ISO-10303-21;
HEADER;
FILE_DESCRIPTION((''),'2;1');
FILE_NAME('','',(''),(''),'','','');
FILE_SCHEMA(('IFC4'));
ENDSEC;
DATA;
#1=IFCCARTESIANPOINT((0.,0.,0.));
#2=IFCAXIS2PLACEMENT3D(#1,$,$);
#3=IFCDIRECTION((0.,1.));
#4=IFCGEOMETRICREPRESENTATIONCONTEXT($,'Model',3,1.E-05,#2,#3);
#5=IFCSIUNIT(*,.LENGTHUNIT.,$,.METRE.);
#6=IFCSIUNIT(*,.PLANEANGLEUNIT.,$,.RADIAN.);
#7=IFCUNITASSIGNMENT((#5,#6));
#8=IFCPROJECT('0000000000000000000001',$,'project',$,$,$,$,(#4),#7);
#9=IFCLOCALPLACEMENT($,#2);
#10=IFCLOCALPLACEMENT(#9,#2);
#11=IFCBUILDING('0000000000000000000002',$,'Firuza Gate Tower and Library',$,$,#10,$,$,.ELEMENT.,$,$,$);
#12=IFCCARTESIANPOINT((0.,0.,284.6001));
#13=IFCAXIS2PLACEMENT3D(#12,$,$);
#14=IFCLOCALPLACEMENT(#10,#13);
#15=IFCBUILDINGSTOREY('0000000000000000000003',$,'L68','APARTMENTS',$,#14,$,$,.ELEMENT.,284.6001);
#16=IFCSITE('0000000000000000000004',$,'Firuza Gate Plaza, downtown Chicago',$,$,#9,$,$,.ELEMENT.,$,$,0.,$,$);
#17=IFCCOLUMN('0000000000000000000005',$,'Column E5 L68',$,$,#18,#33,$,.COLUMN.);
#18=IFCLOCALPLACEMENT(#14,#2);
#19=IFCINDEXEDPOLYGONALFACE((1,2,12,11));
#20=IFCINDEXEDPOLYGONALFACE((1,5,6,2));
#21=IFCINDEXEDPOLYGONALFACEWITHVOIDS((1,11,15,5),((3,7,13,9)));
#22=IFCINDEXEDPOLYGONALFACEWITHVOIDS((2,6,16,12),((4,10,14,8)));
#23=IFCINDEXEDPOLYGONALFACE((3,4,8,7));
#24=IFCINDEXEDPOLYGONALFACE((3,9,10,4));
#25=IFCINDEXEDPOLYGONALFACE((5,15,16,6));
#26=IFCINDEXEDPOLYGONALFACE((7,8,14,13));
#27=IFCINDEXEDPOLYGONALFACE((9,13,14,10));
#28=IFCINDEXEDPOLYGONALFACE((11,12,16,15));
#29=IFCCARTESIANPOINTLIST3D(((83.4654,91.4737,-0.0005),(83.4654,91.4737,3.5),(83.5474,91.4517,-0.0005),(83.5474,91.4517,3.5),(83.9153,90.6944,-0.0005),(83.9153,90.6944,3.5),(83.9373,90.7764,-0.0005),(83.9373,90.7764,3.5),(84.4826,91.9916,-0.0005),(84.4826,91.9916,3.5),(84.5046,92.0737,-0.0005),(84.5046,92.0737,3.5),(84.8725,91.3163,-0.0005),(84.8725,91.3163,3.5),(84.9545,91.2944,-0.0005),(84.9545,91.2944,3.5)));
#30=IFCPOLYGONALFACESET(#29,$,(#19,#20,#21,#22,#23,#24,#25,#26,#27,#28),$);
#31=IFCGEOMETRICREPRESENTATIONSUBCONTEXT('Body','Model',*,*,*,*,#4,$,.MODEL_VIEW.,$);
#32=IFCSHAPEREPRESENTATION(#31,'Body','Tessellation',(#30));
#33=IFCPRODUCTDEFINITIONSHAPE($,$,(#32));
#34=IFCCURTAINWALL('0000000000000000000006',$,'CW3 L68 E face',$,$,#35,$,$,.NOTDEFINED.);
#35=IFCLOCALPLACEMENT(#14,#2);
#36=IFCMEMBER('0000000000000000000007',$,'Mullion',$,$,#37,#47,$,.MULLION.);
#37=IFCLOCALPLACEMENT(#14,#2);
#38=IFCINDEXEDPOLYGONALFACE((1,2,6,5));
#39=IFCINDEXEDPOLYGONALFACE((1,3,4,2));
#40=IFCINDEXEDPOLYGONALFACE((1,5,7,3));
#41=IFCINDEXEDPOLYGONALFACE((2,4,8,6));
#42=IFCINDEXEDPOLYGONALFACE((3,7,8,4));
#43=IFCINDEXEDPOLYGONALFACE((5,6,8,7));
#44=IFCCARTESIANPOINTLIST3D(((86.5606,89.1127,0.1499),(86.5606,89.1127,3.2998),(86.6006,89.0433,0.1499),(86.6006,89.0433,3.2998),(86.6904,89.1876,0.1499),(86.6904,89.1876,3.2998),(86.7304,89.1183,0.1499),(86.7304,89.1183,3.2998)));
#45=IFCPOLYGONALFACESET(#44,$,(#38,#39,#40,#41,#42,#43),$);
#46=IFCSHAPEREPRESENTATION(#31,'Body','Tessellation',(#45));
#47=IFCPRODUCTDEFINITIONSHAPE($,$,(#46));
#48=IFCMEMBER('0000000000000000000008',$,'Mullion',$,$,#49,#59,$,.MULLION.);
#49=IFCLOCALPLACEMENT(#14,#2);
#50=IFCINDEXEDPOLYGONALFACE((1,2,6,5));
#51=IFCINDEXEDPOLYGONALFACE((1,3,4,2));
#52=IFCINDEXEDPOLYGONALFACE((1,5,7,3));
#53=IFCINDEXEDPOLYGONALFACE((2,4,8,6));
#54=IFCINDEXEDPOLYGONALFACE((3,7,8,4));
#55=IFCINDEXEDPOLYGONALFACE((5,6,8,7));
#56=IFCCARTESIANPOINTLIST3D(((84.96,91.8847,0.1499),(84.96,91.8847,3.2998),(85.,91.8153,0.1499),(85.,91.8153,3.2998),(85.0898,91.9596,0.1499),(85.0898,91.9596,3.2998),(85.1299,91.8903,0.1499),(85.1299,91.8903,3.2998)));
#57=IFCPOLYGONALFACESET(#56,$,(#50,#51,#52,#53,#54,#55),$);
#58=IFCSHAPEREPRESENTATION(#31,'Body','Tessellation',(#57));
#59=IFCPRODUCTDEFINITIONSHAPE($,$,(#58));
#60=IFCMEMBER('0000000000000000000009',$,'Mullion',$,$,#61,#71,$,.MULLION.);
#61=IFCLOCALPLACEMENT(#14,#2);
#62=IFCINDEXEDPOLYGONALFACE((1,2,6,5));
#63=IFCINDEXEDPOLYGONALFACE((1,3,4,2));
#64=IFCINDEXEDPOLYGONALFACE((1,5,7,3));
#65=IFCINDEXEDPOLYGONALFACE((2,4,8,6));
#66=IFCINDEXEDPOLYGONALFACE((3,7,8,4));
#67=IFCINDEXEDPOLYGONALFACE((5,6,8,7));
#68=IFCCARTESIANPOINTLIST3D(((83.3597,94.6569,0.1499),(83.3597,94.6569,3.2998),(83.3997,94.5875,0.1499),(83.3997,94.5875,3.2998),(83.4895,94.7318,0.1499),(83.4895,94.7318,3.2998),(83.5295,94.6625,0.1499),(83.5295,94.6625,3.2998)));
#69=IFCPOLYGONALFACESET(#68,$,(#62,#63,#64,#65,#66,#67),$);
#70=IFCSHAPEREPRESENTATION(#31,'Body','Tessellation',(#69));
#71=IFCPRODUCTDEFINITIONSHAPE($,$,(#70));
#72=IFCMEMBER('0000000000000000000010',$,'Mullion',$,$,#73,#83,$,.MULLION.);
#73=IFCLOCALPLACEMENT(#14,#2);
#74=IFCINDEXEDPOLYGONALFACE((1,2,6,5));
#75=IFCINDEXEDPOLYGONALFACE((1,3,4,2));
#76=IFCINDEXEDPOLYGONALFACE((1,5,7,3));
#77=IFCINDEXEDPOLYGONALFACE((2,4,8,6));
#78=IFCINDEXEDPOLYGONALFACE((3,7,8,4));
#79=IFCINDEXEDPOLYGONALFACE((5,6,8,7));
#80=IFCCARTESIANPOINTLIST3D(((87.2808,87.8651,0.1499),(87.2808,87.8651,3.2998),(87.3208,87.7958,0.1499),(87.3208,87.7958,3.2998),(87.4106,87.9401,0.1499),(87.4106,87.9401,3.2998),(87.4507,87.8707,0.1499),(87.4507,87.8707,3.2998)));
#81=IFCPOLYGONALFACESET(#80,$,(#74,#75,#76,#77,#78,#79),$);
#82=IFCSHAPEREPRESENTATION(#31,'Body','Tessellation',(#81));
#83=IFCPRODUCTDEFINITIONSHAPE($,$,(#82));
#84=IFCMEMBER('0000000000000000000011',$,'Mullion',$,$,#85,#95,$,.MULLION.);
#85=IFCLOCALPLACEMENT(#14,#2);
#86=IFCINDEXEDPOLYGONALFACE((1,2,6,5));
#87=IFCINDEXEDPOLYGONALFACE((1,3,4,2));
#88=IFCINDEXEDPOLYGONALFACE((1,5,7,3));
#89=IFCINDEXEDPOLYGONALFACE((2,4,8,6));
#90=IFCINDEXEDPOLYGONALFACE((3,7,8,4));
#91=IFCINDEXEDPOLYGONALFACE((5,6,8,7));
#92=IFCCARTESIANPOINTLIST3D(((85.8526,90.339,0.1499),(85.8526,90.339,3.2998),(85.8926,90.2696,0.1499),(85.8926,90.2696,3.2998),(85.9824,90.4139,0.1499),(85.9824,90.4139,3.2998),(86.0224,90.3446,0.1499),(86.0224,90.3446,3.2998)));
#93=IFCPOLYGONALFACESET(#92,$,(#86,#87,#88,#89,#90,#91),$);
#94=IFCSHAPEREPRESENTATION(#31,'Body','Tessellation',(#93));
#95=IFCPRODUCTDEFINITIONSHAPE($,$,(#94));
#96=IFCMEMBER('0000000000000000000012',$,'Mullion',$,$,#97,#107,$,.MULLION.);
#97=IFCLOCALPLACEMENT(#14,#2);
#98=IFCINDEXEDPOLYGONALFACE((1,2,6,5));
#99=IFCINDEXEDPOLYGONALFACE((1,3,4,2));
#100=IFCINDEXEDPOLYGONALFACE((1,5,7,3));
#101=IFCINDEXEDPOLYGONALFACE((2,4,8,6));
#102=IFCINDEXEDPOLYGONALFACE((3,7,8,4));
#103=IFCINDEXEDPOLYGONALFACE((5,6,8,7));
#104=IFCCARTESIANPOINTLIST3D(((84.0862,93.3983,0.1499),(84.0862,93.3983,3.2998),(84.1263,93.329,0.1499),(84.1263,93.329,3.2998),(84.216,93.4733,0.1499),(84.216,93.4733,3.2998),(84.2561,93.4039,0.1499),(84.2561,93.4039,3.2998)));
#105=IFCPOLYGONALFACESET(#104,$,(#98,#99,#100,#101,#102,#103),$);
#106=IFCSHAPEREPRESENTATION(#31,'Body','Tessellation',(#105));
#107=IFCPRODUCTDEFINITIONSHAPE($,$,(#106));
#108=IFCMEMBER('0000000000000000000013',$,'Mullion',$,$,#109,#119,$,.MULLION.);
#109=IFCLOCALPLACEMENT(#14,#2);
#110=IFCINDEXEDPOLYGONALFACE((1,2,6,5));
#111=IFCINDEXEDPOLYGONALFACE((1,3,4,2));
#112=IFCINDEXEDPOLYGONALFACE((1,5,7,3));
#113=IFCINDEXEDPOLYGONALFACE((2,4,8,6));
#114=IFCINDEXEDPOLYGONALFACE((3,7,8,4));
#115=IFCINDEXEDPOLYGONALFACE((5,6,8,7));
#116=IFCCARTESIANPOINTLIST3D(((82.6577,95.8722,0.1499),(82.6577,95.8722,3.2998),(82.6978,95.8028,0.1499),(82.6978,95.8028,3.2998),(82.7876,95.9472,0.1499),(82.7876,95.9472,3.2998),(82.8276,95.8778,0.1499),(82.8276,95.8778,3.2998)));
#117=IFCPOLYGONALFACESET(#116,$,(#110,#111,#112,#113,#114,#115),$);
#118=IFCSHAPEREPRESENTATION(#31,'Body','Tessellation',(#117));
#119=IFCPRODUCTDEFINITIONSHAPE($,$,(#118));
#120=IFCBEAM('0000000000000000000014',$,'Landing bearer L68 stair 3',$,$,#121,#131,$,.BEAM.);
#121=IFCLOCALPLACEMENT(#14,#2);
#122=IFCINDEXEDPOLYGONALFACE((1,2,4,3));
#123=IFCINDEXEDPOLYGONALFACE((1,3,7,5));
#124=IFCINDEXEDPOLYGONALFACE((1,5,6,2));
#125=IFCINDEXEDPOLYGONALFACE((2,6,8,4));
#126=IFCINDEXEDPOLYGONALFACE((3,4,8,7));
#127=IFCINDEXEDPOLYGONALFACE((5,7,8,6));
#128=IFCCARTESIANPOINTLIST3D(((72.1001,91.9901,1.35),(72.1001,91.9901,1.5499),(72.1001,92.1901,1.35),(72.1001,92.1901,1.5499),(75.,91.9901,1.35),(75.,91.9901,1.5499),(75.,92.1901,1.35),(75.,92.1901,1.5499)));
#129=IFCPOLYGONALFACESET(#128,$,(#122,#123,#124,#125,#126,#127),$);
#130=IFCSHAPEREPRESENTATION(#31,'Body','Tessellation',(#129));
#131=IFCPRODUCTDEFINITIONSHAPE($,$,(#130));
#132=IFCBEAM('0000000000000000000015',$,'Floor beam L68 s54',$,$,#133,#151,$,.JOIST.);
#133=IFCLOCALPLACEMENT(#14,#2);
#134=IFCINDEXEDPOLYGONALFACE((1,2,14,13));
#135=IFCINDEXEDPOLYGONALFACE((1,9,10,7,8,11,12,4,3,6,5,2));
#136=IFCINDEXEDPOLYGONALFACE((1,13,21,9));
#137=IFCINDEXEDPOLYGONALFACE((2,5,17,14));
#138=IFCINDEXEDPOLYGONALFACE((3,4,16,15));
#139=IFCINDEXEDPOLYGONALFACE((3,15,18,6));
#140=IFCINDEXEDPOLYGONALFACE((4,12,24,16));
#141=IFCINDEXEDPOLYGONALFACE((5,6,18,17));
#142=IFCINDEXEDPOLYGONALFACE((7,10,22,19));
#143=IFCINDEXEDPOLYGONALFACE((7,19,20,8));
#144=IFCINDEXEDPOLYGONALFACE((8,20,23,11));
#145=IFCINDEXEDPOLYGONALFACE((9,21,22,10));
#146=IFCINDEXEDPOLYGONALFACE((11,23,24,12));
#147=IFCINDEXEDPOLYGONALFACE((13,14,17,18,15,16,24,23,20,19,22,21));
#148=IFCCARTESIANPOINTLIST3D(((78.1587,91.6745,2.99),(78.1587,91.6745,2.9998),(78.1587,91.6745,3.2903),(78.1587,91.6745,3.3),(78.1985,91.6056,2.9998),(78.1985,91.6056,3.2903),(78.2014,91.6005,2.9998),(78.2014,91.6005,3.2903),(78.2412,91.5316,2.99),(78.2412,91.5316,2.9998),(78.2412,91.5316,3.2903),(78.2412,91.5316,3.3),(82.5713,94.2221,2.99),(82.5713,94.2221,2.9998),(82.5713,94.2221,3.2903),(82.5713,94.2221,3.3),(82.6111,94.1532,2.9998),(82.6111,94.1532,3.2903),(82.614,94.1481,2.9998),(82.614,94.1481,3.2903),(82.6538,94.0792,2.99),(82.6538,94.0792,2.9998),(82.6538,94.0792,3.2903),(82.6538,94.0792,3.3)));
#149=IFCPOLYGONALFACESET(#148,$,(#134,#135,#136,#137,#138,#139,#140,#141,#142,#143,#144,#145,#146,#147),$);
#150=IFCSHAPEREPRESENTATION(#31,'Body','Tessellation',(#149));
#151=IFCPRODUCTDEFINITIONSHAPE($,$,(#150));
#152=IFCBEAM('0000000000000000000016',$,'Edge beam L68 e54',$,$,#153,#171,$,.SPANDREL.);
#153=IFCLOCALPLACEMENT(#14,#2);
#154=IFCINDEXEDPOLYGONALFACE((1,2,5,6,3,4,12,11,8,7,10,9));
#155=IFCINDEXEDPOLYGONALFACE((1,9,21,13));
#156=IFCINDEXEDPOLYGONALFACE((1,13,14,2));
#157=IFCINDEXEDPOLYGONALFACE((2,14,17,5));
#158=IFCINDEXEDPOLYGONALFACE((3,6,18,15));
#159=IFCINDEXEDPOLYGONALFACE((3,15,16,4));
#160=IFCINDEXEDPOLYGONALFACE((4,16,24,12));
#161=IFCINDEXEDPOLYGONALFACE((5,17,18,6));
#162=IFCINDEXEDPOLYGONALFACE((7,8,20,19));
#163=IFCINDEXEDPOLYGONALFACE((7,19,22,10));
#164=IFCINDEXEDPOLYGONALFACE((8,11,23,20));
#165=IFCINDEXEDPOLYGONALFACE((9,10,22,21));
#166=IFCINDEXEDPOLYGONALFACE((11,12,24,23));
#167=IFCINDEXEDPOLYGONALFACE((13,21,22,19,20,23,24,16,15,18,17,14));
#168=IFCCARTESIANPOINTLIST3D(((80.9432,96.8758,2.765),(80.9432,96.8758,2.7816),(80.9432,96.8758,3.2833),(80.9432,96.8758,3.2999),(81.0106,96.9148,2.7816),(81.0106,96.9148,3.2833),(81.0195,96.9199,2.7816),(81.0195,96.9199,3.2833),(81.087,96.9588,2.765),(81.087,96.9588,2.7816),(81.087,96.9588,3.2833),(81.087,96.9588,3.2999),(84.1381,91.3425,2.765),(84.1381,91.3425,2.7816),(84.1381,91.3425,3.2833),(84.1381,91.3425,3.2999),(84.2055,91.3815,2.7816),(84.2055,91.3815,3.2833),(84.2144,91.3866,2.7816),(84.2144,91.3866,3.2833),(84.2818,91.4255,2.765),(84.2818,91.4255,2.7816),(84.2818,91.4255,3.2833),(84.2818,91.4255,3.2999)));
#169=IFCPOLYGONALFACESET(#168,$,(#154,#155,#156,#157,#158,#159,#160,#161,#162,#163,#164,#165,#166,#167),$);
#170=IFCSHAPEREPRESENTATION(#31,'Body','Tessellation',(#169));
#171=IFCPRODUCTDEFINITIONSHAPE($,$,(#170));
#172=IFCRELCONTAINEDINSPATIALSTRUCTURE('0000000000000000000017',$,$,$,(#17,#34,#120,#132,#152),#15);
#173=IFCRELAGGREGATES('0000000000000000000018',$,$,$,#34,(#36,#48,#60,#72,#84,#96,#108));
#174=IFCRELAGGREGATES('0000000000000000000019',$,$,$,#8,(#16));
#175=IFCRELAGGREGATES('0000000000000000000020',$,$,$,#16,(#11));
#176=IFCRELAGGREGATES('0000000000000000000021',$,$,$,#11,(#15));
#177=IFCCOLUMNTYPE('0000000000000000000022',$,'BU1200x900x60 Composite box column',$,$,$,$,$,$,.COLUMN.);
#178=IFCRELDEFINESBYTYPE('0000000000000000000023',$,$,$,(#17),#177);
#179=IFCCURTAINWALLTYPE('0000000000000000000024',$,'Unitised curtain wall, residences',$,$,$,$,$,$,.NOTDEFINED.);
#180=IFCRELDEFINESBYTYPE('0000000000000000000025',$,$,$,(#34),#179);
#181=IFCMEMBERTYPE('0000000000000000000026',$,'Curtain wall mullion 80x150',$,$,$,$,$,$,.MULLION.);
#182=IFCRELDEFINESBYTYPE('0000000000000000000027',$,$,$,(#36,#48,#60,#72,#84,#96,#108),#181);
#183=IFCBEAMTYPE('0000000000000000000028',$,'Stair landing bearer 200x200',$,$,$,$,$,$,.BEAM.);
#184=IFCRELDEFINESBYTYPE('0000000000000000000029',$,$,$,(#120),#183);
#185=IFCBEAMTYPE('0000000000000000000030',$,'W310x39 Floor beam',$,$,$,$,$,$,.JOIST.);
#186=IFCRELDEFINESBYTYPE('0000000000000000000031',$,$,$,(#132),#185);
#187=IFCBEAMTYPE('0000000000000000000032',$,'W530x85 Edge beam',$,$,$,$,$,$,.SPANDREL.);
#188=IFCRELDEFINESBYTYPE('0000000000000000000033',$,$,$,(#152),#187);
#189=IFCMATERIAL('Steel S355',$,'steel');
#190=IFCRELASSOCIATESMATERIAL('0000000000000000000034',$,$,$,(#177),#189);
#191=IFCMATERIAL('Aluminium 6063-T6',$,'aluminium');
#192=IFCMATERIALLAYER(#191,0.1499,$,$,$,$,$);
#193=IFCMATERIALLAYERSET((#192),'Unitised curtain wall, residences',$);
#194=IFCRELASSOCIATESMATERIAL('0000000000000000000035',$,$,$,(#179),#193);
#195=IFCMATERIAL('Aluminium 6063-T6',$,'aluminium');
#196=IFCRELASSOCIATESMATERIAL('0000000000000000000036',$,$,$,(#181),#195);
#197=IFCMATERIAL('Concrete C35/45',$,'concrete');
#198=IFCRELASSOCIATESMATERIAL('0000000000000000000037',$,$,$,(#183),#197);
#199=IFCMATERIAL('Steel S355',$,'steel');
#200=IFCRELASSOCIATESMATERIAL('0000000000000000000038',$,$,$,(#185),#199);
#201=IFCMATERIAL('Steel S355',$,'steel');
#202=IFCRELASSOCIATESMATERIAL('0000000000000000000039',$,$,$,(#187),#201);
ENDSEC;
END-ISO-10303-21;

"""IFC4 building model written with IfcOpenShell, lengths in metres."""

from ifc_helpers import new_model, si_unit, direction, frame, origin, origin_2d, place, context, subcontext, project, spatial, rectangle, hollow_rectangle, i_section, extrude, material, layer, layer_set, material_profile, profile_set, type_object, element, aggregate, save


model = new_model("IFC4")

# Units and contexts
model_context = context("Model", 3, precision=1e-05, world=origin(), true_north=direction((0.0, 1.0)))
body_context = subcontext(model_context, "Body", "Model", "MODEL_VIEW")
ifc_project = project(units=[si_unit("LENGTHUNIT", "METRE"), si_unit("PLANEANGLEUNIT", "RADIAN")], contexts=[model_context])

# Site, building, storey
site_placement = place(None, origin())
site = spatial("IfcSite", under=ifc_project, at=site_placement, Name="Firuza Gate Plaza, downtown Chicago", CompositionType="ELEMENT", RefElevation=0.0)
building_placement = place(site_placement, origin())
building = spatial("IfcBuilding", under=site, at=building_placement, Name="Firuza Gate Tower and Library", CompositionType="ELEMENT")
storey_placement = place(building_placement, frame((0.0, 0.0, 284.6001)))
storey = spatial("IfcBuildingStorey", under=building, at=storey_placement, Name="L68", Description="APARTMENTS", CompositionType="ELEMENT", Elevation=284.6001)

# Column
ifc_material_1 = material(Name="Steel S355", Category="steel")
ifc_material_profile_1 = material_profile(ifc_material_1, hollow_rectangle(XDim=0.8999, YDim=1.2, WallThickness=0.0601, at=origin_2d()))
ifc_profile_set_1 = profile_set([ifc_material_profile_1], Name="Steel S355")
column_type = type_object("IfcColumnType", Name="BU1200x900x60 Composite box column", PredefinedType="COLUMN", material=ifc_profile_set_1)
column_placement = place(storey_placement, frame((84.21, 91.384, -0.0005), z_axis=(0.0, 0.0, 1.0), x_axis=(-0.5, 0.866025, 0.0)))
element("IfcColumn", 1, at=column_placement, inside=storey, type_object=column_type, Name="Column E5 L68", PredefinedType="COLUMN", context=body_context, shape_type="SweptSolid", body=[
    extrude(hollow_rectangle(XDim=0.8999, YDim=1.2, WallThickness=0.0601, at=origin_2d()), origin(), (0.0, 0.0, 1.0), 3.5005),
])

# Curtain wall, members
ifc_material_2 = material(Name="Aluminium 6063-T6", Category="aluminium")
ifc_layer_1 = layer(ifc_material_2, 0.1499)
ifc_layer_set_1 = layer_set([ifc_layer_1], Name="Unitised curtain wall, residences")
curtain_wall_type = type_object("IfcCurtainWallType", Name="Unitised curtain wall, residences", PredefinedType="NOTDEFINED", material=ifc_layer_set_1)
curtain_wall_placement = place(storey_placement, origin())
curtain_wall = element("IfcCurtainWall", 2, at=curtain_wall_placement, inside=storey, type_object=curtain_wall_type, Name="CW3 L68 E face", PredefinedType="NOTDEFINED")
ifc_material_3 = material(Name="Aluminium 6063-T6", Category="aluminium")
ifc_material_profile_2 = material_profile(ifc_material_3, rectangle(XDim=0.1499, YDim=0.0801, at=origin_2d()))
ifc_profile_set_2 = profile_set([ifc_material_profile_2], Name="Aluminium 6063-T6")
member_type = type_object("IfcMemberType", Name="Curtain wall mullion 80x150", PredefinedType="MULLION", material=ifc_profile_set_2)
member_1_placement = place(storey_placement, frame((86.6455, 89.1155, 0.1499), z_axis=(0.0, 0.0, 1.0), x_axis=(-0.866025, -0.5, 0.0)))
member_1 = element("IfcMember", 3, at=member_1_placement, type_object=member_type, Name="Mullion", PredefinedType="MULLION", context=body_context, shape_type="SweptSolid", body=[
    extrude(rectangle(XDim=0.1499, YDim=0.0801, at=origin_2d()), origin(), (0.0, 0.0, 1.0), 3.1499),
])
member_2_placement = place(storey_placement, frame((85.0449, 91.8875, 0.1499), z_axis=(0.0, 0.0, 1.0), x_axis=(-0.866025, -0.5, 0.0)))
member_2 = element("IfcMember", 4, at=member_2_placement, type_object=member_type, Name="Mullion", PredefinedType="MULLION", context=body_context, shape_type="SweptSolid", body=[
    extrude(rectangle(XDim=0.1499, YDim=0.0801, at=origin_2d()), origin(), (0.0, 0.0, 1.0), 3.1499),
])
member_3_placement = place(storey_placement, frame((83.4446, 94.6597, 0.1499), z_axis=(0.0, 0.0, 1.0), x_axis=(-0.866025, -0.5, 0.0)))
member_3 = element("IfcMember", 5, at=member_3_placement, type_object=member_type, Name="Mullion", PredefinedType="MULLION", context=body_context, shape_type="SweptSolid", body=[
    extrude(rectangle(XDim=0.1499, YDim=0.0801, at=origin_2d()), origin(), (0.0, 0.0, 1.0), 3.1499),
])
member_4_placement = place(storey_placement, frame((87.3657, 87.8679, 0.1499), z_axis=(0.0, 0.0, 1.0), x_axis=(-0.866025, -0.5, 0.0)))
member_4 = element("IfcMember", 6, at=member_4_placement, type_object=member_type, Name="Mullion", PredefinedType="MULLION", context=body_context, shape_type="SweptSolid", body=[
    extrude(rectangle(XDim=0.1499, YDim=0.0801, at=origin_2d()), origin(), (0.0, 0.0, 1.0), 3.1499),
])
member_5_placement = place(storey_placement, frame((85.9375, 90.3418, 0.1499), z_axis=(0.0, 0.0, 1.0), x_axis=(-0.866025, -0.5, 0.0)))
member_5 = element("IfcMember", 7, at=member_5_placement, type_object=member_type, Name="Mullion", PredefinedType="MULLION", context=body_context, shape_type="SweptSolid", body=[
    extrude(rectangle(XDim=0.1499, YDim=0.0801, at=origin_2d()), origin(), (0.0, 0.0, 1.0), 3.1499),
])
member_6_placement = place(storey_placement, frame((84.1711, 93.4011, 0.1499), z_axis=(0.0, 0.0, 1.0), x_axis=(-0.866025, -0.5, 0.0)))
member_6 = element("IfcMember", 8, at=member_6_placement, type_object=member_type, Name="Mullion", PredefinedType="MULLION", context=body_context, shape_type="SweptSolid", body=[
    extrude(rectangle(XDim=0.1499, YDim=0.0801, at=origin_2d()), origin(), (0.0, 0.0, 1.0), 3.1499),
])
member_7_placement = place(storey_placement, frame((82.7427, 95.875, 0.1499), z_axis=(0.0, 0.0, 1.0), x_axis=(-0.866025, -0.5, 0.0)))
member_7 = element("IfcMember", 9, at=member_7_placement, type_object=member_type, Name="Mullion", PredefinedType="MULLION", context=body_context, shape_type="SweptSolid", body=[
    extrude(rectangle(XDim=0.1499, YDim=0.0801, at=origin_2d()), origin(), (0.0, 0.0, 1.0), 3.1499),
])

# Beams
ifc_material_4 = material(Name="Concrete C35/45", Category="concrete")
ifc_material_profile_3 = material_profile(ifc_material_4, rectangle(XDim=0.2, YDim=0.2, at=origin_2d()))
ifc_profile_set_3 = profile_set([ifc_material_profile_3], Name="Concrete C35/45")
beam_type_1 = type_object("IfcBeamType", Name="Stair landing bearer 200x200", PredefinedType="BEAM", material=ifc_profile_set_3)
beam_1_placement = place(storey_placement, frame((75.0, 92.0901, 1.45), z_axis=(-1.0, 0.0, 0.0), x_axis=(0.0, -1.0, 0.0)))
element("IfcBeam", 10, at=beam_1_placement, inside=storey, type_object=beam_type_1, Name="Landing bearer L68 stair 3", PredefinedType="BEAM", context=body_context, shape_type="SweptSolid", body=[
    extrude(rectangle(XDim=0.2, YDim=0.2, at=origin_2d()), origin(), (0.0, 0.0, 1.0), 2.8999),
])
ifc_material_5 = material(Name="Steel S355", Category="steel")
ifc_material_profile_4 = material_profile(ifc_material_5, i_section(OverallWidth=0.165, OverallDepth=0.3101, WebThickness=0.0059, FlangeThickness=0.0098, at=origin_2d()))
ifc_profile_set_4 = profile_set([ifc_material_profile_4], Name="Steel S355")
beam_type_2 = type_object("IfcBeamType", Name="W310x39 Floor beam", PredefinedType="JOIST", material=ifc_profile_set_4)
beam_2_placement = place(storey_placement, frame((82.6125, 94.1506, 3.145), z_axis=(-0.866026, -0.499999, 0.0), x_axis=(0.499999, -0.866026, 0.0)))
element("IfcBeam", 11, at=beam_2_placement, inside=storey, type_object=beam_type_2, Name="Floor beam L68 s54", PredefinedType="JOIST", context=body_context, shape_type="SweptSolid", body=[
    extrude(i_section(OverallWidth=0.165, OverallDepth=0.3101, WebThickness=0.0059, FlangeThickness=0.0098, at=origin_2d()), origin(), (0.0, 0.0, 1.0), 5.0952),
])
ifc_material_6 = material(Name="Steel S355", Category="steel")
ifc_material_profile_5 = material_profile(ifc_material_6, i_section(OverallWidth=0.166, OverallDepth=0.5349, WebThickness=0.0103, FlangeThickness=0.0166, at=origin_2d()))
ifc_profile_set_5 = profile_set([ifc_material_profile_5], Name="Steel S355")
beam_type_3 = type_object("IfcBeamType", Name="W530x85 Edge beam", PredefinedType="SPANDREL", material=ifc_profile_set_5)
beam_3_placement = place(storey_placement, frame((84.21, 91.384, 3.0325), z_axis=(-0.500027, 0.86601, 0.0), x_axis=(-0.86601, -0.500027, 0.0)))
element("IfcBeam", 12, at=beam_3_placement, inside=storey, type_object=beam_type_3, Name="Edge beam L68 e54", PredefinedType="SPANDREL", context=body_context, shape_type="SweptSolid", body=[
    extrude(i_section(OverallWidth=0.166, OverallDepth=0.5349, WebThickness=0.0103, FlangeThickness=0.0166, at=origin_2d()), origin(), (0.0, 0.0, 1.0), 6.3894),
])

aggregate(curtain_wall, [member_1, member_2, member_3, member_4, member_5, member_6, member_7])

save(model, "model.ifc")
